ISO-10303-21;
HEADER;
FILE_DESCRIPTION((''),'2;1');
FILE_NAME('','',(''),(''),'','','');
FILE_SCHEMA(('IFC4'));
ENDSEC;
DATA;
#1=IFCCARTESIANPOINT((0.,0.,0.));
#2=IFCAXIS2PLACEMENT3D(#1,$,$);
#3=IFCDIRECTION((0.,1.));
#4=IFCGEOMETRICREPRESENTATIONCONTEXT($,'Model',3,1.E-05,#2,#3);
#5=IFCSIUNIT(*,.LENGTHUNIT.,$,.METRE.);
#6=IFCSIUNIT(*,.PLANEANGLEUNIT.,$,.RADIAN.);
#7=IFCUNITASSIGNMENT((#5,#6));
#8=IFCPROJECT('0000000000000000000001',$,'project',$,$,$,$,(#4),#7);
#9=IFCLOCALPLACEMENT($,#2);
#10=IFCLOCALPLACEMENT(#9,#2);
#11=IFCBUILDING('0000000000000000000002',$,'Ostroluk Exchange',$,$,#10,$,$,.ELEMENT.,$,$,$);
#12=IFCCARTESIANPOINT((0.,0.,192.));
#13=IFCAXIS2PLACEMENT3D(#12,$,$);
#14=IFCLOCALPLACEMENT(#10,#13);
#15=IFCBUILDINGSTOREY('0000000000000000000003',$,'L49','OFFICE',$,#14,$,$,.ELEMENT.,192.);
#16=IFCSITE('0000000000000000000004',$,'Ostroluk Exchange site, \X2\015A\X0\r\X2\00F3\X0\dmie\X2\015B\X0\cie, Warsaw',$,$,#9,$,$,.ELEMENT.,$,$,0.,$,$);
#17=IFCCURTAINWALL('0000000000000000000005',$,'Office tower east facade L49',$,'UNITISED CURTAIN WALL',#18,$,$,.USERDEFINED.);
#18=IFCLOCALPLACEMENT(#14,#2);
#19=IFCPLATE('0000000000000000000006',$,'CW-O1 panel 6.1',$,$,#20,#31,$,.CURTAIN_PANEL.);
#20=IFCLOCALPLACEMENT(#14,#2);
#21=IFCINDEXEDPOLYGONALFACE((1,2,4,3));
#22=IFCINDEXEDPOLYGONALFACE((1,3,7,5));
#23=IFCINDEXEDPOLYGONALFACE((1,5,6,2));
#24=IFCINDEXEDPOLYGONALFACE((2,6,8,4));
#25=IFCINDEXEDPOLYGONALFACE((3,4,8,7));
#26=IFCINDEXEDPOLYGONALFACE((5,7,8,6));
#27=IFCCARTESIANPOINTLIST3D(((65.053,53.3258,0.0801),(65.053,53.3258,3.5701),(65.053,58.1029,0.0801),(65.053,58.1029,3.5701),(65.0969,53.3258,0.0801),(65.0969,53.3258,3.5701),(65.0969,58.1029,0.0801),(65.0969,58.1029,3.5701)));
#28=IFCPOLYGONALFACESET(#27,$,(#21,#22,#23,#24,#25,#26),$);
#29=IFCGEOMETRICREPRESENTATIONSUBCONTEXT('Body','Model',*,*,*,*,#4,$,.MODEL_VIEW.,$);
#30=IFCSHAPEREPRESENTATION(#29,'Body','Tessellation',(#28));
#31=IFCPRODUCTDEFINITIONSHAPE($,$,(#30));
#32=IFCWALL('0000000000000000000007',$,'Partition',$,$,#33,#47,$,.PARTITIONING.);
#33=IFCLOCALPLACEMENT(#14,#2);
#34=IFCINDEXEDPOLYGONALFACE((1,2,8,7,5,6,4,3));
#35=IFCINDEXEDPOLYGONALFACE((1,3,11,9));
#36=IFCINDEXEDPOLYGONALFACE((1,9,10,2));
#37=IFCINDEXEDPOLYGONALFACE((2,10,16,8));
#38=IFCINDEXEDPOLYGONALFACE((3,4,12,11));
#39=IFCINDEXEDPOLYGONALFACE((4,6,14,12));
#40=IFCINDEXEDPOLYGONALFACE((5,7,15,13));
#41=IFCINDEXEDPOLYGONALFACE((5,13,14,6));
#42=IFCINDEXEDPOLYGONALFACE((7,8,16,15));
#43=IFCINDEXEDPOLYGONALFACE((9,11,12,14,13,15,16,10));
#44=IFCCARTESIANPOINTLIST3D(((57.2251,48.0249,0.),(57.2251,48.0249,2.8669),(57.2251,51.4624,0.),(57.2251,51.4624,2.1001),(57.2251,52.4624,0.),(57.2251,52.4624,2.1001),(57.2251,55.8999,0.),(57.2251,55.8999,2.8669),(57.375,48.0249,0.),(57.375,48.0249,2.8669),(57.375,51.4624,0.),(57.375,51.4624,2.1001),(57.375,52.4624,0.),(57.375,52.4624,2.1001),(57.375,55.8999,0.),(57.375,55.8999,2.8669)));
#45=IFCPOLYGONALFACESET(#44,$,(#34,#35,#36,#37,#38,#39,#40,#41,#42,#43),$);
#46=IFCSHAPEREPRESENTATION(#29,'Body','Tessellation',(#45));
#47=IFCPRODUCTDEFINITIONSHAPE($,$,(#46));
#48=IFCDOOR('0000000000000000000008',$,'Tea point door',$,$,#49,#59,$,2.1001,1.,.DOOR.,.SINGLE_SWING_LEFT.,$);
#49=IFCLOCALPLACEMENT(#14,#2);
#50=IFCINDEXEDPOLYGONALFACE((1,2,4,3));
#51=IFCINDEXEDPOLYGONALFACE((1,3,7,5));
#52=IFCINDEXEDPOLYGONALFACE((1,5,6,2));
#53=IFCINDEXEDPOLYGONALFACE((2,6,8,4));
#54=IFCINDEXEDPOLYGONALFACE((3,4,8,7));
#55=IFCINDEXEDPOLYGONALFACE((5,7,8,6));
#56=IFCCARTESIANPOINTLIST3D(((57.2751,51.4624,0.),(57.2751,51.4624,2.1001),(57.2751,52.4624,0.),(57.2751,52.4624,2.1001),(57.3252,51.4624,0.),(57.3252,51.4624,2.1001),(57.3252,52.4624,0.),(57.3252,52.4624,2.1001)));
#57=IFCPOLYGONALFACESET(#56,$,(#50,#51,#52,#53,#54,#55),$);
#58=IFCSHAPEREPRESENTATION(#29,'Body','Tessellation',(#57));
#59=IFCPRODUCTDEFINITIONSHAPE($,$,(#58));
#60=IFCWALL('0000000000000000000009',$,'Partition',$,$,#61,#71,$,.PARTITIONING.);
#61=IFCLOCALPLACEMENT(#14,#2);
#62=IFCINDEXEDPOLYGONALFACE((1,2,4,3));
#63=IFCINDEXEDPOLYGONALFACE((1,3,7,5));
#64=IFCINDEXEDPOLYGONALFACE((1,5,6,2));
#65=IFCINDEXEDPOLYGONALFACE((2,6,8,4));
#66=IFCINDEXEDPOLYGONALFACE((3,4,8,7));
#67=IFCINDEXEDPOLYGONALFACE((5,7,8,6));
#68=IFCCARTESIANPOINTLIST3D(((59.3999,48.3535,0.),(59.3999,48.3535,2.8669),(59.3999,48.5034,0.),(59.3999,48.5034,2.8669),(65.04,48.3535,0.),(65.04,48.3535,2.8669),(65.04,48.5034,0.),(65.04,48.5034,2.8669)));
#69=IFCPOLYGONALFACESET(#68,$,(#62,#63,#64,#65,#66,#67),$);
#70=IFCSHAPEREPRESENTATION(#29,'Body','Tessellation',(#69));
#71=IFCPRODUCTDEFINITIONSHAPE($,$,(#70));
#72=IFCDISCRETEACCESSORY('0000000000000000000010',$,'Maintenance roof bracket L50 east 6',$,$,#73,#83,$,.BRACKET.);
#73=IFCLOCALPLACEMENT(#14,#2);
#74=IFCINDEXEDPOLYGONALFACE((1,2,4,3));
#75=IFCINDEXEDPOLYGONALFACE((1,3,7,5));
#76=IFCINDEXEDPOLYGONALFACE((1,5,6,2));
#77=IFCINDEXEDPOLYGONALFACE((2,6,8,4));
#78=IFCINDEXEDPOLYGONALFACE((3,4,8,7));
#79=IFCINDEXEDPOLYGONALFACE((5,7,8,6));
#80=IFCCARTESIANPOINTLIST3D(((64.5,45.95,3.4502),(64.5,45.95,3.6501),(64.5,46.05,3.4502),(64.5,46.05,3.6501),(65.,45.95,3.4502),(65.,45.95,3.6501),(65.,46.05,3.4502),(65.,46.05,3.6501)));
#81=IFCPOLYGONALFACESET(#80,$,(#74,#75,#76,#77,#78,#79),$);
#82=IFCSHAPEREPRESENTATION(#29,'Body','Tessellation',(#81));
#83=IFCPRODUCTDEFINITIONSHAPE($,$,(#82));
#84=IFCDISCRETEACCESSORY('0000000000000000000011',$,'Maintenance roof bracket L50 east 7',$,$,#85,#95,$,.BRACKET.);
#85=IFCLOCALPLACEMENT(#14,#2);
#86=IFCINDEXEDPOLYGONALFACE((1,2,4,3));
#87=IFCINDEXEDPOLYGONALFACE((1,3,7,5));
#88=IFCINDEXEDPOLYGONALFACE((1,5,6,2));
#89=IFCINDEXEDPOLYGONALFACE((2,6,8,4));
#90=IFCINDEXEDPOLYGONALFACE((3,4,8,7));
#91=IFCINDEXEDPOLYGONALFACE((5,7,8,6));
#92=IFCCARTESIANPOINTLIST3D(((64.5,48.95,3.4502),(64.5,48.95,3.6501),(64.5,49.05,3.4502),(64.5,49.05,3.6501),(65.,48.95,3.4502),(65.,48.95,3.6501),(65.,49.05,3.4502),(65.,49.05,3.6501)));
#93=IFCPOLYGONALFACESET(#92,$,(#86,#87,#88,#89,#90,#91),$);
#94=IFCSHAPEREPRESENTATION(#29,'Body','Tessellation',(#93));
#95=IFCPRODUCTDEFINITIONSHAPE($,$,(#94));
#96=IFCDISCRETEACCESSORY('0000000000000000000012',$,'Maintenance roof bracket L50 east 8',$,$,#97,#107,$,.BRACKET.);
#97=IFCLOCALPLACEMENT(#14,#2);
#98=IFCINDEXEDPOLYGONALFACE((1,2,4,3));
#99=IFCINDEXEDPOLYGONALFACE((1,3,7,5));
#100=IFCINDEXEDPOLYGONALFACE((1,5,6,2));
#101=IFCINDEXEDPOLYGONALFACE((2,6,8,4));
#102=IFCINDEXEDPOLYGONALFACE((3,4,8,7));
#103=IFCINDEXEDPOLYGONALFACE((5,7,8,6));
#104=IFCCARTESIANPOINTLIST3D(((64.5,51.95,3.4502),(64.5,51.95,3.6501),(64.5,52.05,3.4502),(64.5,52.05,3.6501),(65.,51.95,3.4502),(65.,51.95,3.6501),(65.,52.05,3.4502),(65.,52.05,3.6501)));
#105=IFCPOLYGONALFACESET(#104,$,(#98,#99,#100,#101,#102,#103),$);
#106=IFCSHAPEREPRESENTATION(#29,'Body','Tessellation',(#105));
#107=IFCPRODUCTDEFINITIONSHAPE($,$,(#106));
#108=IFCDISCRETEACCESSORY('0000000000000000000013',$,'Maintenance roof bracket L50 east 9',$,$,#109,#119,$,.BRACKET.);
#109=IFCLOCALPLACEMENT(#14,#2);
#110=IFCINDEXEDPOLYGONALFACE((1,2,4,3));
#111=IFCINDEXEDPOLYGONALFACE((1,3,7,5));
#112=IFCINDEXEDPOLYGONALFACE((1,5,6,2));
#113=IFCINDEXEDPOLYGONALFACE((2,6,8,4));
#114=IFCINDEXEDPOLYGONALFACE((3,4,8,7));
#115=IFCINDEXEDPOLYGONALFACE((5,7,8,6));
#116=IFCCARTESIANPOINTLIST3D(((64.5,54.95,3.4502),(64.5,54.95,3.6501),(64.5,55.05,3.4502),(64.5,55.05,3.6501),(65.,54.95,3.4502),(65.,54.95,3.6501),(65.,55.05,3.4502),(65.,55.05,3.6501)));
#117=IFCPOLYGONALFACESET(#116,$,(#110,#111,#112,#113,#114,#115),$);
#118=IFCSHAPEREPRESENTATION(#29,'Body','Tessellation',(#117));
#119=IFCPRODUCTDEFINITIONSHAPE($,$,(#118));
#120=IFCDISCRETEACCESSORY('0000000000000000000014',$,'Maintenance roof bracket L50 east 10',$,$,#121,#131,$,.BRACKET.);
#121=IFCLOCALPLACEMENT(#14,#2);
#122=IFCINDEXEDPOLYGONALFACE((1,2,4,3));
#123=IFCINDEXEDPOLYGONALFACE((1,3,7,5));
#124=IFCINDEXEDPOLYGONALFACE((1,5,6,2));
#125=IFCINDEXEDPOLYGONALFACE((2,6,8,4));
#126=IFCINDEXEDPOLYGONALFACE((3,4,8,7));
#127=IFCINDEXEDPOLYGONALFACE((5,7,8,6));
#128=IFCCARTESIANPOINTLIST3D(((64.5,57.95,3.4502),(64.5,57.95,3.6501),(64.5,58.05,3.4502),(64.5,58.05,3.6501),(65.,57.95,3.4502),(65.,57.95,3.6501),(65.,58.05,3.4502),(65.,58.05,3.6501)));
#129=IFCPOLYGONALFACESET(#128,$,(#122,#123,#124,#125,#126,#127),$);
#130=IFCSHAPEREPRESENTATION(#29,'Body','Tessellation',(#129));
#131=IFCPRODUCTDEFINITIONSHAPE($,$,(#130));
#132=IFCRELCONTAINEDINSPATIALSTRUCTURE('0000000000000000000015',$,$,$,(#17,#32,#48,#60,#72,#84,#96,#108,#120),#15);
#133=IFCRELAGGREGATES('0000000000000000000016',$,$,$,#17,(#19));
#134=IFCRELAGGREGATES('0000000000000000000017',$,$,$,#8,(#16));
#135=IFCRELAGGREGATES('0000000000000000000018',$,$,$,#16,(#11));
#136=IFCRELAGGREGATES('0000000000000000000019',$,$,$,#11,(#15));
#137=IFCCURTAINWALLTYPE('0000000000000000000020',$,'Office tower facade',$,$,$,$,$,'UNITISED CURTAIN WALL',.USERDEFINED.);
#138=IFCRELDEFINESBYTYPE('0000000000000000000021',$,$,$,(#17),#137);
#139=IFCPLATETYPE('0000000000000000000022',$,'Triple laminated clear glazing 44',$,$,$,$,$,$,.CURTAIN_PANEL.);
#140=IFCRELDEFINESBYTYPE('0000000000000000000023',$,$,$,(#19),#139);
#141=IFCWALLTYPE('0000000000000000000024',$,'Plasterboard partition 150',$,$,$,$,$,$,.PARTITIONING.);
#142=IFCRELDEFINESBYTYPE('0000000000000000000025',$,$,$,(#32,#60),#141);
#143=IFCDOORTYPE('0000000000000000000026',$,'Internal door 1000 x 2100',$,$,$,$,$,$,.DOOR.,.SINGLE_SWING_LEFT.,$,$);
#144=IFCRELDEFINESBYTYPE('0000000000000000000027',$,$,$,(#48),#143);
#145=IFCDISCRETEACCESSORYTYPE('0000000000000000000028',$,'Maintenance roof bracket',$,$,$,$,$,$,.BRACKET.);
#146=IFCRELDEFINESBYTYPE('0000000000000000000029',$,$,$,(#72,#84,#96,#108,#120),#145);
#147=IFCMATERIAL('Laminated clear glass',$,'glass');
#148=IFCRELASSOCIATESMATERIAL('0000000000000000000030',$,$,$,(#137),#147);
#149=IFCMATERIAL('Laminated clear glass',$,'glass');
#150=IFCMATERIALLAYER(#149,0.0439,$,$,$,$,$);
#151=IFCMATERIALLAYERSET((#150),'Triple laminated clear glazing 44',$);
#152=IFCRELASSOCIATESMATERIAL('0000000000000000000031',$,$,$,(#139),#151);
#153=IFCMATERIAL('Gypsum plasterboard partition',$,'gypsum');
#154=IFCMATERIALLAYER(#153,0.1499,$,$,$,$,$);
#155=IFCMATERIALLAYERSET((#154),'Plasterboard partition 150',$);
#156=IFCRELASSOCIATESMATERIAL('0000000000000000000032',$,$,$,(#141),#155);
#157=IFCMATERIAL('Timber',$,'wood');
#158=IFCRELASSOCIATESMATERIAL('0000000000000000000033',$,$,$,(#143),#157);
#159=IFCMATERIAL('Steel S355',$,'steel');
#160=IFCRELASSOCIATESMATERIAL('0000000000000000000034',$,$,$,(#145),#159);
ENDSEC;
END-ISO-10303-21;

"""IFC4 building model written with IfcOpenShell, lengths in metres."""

from ifc_helpers import new_model, si_unit, direction, frame, frame_2d, origin, origin_2d, place, context, subcontext, project, spatial, rectangle, extrude, material, layer, layer_set, type_object, element, fill, aggregate, save


model = new_model("IFC4")

# Units and contexts
model_context = context("Model", 3, precision=1e-05, world=origin(), true_north=direction((0.0, 1.0)))
body_context = subcontext(model_context, "Body", "Model", "MODEL_VIEW")
ifc_project = project(units=[si_unit("LENGTHUNIT", "METRE"), si_unit("PLANEANGLEUNIT", "RADIAN")], contexts=[model_context])

# Site, building, storey
site_placement = place(None, origin())
site = spatial("IfcSite", under=ifc_project, at=site_placement, Name="Ostroluk Exchange site, Śródmieście, Warsaw", CompositionType="ELEMENT", RefElevation=0.0)
building_placement = place(site_placement, origin())
building = spatial("IfcBuilding", under=site, at=building_placement, Name="Ostroluk Exchange", CompositionType="ELEMENT")
storey_placement = place(building_placement, frame((0.0, 0.0, 192.0)))
storey = spatial("IfcBuildingStorey", under=building, at=storey_placement, Name="L49", Description="OFFICE", CompositionType="ELEMENT", Elevation=192.0)

# Curtain wall, plate
ifc_material_1 = material(Name="Laminated clear glass", Category="glass")
curtain_wall_type = type_object("IfcCurtainWallType", Name="Office tower facade", ElementType="UNITISED CURTAIN WALL", PredefinedType="USERDEFINED", material=ifc_material_1)
curtain_wall_placement = place(storey_placement, origin())
curtain_wall = element("IfcCurtainWall", 1, at=curtain_wall_placement, inside=storey, type_object=curtain_wall_type, Name="Office tower east facade L49", ObjectType="UNITISED CURTAIN WALL", PredefinedType="USERDEFINED")
ifc_material_2 = material(Name="Laminated clear glass", Category="glass")
ifc_layer_1 = layer(ifc_material_2, 0.0439)
ifc_layer_set_1 = layer_set([ifc_layer_1], Name="Triple laminated clear glazing 44")
plate_type = type_object("IfcPlateType", Name="Triple laminated clear glazing 44", PredefinedType="CURTAIN_PANEL", material=ifc_layer_set_1)
plate_1_placement = place(storey_placement, frame((65.075, 55.7144, 0.0801), z_axis=(0.0, 0.0, 1.0), x_axis=(0.0, 1.0, 0.0)))
plate_1 = element("IfcPlate", 2, at=plate_1_placement, type_object=plate_type, Name="CW-O1 panel 6.1", PredefinedType="CURTAIN_PANEL", context=body_context, shape_type="SweptSolid", body=[
    extrude(rectangle(XDim=4.7771, YDim=0.0439, at=origin_2d()), origin(), (0.0, 0.0, 1.0), 3.49),
])
aggregate(curtain_wall, [plate_1])

# Wall, opening, door
ifc_material_3 = material(Name="Gypsum plasterboard partition", Category="gypsum")
ifc_layer_2 = layer(ifc_material_3, 0.1499)
ifc_layer_set_2 = layer_set([ifc_layer_2], Name="Plasterboard partition 150")
wall_type = type_object("IfcWallType", Name="Plasterboard partition 150", PredefinedType="PARTITIONING", material=ifc_layer_set_2)
wall_1_placement = place(storey_placement, frame((57.3, 48.0249, 0.0), z_axis=(0.0, 0.0, 1.0), x_axis=(0.0, 1.0, 0.0)))
wall_1 = element("IfcWall", 3, at=wall_1_placement, inside=storey, type_object=wall_type, Name="Partition", PredefinedType="PARTITIONING", context=body_context, shape_type="SweptSolid", body=[
    extrude(rectangle(XDim=7.875, YDim=0.1499, at=frame_2d((3.9375, 0.0))), origin(), (0.0, 0.0, 1.0), 2.8669),
])
opening_placement = place(wall_1_placement, frame((3.4375, 0.0, 0.0)))
opening = element("IfcOpeningElement", 4, at=opening_placement, cuts=wall_1, PredefinedType="OPENING", context=body_context, shape_type="SweptSolid", body=[
    extrude(rectangle(XDim=1.0, YDim=2.1001, at=frame_2d((0.5, 1.05))), frame((0.0, 0.085, 0.0), z_axis=(0.0, -1.0, 0.0), x_axis=(1.0, 0.0, 0.0)), (0.0, 0.0, 1.0), 0.1699),
])
ifc_material_4 = material(Name="Timber", Category="wood")
door_type = type_object("IfcDoorType", Name="Internal door 1000 x 2100", OperationType="SINGLE_SWING_LEFT", PredefinedType="DOOR", material=ifc_material_4)
door_placement = place(opening_placement, origin())
door = element("IfcDoor", 5, at=door_placement, inside=storey, type_object=door_type, Name="Tea point door", OperationType="SINGLE_SWING_LEFT", OverallHeight=2.1001, OverallWidth=1.0, PredefinedType="DOOR", context=body_context, shape_type="SweptSolid", body=[
    extrude(rectangle(XDim=1.0, YDim=2.1001, at=frame_2d((0.5, 1.05))), frame((0.0, 0.0249, 0.0), z_axis=(0.0, -1.0, 0.0), x_axis=(1.0, 0.0, 0.0)), (0.0, 0.0, 1.0), 0.05),
])
fill(opening, door)

# Wall
wall_2_placement = place(storey_placement, frame((59.3999, 48.4285, 0.0), z_axis=(0.0, 0.0, 1.0), x_axis=(1.0, 0.0, 0.0)))
element("IfcWall", 6, at=wall_2_placement, inside=storey, type_object=wall_type, Name="Partition", PredefinedType="PARTITIONING", context=body_context, shape_type="SweptSolid", body=[
    extrude(rectangle(XDim=5.6401, YDim=0.1499, at=frame_2d((2.8201, 0.0))), origin(), (0.0, 0.0, 1.0), 2.8669),
])

# Discrete accessories
ifc_material_5 = material(Name="Steel S355", Category="steel")
discrete_accessory_type = type_object("IfcDiscreteAccessoryType", Name="Maintenance roof bracket", PredefinedType="BRACKET", material=ifc_material_5)
for number, where, z_axis, x_axis, name in (
    (7, (64.75, 46.0, 3.4502), (0.0, 0.0, 1.0), (1.0, 0.0, 0.0), "Maintenance roof bracket L50 east 6"),
    (8, (64.75, 49.0, 3.4502), (0.0, 0.0, 1.0), (1.0, 0.0, 0.0), "Maintenance roof bracket L50 east 7"),
    (9, (64.75, 52.0, 3.4502), (0.0, 0.0, 1.0), (1.0, 0.0, 0.0), "Maintenance roof bracket L50 east 8"),
    (10, (64.75, 55.0, 3.4502), (0.0, 0.0, 1.0), (1.0, 0.0, 0.0), "Maintenance roof bracket L50 east 9"),
    (11, (64.75, 58.0, 3.4502), (0.0, 0.0, 1.0), (1.0, 0.0, 0.0), "Maintenance roof bracket L50 east 10"),
):
    element("IfcDiscreteAccessory", number, at=place(storey_placement, frame(where, z_axis=z_axis, x_axis=x_axis)), inside=storey, type_object=discrete_accessory_type, Name=name, PredefinedType="BRACKET", context=body_context, shape_type="SweptSolid", body=[
        extrude(rectangle(XDim=0.5, YDim=0.1001, at=origin_2d()), origin(), (0.0, 0.0, 1.0), 0.2),
    ])

save(model, "model.ifc")
